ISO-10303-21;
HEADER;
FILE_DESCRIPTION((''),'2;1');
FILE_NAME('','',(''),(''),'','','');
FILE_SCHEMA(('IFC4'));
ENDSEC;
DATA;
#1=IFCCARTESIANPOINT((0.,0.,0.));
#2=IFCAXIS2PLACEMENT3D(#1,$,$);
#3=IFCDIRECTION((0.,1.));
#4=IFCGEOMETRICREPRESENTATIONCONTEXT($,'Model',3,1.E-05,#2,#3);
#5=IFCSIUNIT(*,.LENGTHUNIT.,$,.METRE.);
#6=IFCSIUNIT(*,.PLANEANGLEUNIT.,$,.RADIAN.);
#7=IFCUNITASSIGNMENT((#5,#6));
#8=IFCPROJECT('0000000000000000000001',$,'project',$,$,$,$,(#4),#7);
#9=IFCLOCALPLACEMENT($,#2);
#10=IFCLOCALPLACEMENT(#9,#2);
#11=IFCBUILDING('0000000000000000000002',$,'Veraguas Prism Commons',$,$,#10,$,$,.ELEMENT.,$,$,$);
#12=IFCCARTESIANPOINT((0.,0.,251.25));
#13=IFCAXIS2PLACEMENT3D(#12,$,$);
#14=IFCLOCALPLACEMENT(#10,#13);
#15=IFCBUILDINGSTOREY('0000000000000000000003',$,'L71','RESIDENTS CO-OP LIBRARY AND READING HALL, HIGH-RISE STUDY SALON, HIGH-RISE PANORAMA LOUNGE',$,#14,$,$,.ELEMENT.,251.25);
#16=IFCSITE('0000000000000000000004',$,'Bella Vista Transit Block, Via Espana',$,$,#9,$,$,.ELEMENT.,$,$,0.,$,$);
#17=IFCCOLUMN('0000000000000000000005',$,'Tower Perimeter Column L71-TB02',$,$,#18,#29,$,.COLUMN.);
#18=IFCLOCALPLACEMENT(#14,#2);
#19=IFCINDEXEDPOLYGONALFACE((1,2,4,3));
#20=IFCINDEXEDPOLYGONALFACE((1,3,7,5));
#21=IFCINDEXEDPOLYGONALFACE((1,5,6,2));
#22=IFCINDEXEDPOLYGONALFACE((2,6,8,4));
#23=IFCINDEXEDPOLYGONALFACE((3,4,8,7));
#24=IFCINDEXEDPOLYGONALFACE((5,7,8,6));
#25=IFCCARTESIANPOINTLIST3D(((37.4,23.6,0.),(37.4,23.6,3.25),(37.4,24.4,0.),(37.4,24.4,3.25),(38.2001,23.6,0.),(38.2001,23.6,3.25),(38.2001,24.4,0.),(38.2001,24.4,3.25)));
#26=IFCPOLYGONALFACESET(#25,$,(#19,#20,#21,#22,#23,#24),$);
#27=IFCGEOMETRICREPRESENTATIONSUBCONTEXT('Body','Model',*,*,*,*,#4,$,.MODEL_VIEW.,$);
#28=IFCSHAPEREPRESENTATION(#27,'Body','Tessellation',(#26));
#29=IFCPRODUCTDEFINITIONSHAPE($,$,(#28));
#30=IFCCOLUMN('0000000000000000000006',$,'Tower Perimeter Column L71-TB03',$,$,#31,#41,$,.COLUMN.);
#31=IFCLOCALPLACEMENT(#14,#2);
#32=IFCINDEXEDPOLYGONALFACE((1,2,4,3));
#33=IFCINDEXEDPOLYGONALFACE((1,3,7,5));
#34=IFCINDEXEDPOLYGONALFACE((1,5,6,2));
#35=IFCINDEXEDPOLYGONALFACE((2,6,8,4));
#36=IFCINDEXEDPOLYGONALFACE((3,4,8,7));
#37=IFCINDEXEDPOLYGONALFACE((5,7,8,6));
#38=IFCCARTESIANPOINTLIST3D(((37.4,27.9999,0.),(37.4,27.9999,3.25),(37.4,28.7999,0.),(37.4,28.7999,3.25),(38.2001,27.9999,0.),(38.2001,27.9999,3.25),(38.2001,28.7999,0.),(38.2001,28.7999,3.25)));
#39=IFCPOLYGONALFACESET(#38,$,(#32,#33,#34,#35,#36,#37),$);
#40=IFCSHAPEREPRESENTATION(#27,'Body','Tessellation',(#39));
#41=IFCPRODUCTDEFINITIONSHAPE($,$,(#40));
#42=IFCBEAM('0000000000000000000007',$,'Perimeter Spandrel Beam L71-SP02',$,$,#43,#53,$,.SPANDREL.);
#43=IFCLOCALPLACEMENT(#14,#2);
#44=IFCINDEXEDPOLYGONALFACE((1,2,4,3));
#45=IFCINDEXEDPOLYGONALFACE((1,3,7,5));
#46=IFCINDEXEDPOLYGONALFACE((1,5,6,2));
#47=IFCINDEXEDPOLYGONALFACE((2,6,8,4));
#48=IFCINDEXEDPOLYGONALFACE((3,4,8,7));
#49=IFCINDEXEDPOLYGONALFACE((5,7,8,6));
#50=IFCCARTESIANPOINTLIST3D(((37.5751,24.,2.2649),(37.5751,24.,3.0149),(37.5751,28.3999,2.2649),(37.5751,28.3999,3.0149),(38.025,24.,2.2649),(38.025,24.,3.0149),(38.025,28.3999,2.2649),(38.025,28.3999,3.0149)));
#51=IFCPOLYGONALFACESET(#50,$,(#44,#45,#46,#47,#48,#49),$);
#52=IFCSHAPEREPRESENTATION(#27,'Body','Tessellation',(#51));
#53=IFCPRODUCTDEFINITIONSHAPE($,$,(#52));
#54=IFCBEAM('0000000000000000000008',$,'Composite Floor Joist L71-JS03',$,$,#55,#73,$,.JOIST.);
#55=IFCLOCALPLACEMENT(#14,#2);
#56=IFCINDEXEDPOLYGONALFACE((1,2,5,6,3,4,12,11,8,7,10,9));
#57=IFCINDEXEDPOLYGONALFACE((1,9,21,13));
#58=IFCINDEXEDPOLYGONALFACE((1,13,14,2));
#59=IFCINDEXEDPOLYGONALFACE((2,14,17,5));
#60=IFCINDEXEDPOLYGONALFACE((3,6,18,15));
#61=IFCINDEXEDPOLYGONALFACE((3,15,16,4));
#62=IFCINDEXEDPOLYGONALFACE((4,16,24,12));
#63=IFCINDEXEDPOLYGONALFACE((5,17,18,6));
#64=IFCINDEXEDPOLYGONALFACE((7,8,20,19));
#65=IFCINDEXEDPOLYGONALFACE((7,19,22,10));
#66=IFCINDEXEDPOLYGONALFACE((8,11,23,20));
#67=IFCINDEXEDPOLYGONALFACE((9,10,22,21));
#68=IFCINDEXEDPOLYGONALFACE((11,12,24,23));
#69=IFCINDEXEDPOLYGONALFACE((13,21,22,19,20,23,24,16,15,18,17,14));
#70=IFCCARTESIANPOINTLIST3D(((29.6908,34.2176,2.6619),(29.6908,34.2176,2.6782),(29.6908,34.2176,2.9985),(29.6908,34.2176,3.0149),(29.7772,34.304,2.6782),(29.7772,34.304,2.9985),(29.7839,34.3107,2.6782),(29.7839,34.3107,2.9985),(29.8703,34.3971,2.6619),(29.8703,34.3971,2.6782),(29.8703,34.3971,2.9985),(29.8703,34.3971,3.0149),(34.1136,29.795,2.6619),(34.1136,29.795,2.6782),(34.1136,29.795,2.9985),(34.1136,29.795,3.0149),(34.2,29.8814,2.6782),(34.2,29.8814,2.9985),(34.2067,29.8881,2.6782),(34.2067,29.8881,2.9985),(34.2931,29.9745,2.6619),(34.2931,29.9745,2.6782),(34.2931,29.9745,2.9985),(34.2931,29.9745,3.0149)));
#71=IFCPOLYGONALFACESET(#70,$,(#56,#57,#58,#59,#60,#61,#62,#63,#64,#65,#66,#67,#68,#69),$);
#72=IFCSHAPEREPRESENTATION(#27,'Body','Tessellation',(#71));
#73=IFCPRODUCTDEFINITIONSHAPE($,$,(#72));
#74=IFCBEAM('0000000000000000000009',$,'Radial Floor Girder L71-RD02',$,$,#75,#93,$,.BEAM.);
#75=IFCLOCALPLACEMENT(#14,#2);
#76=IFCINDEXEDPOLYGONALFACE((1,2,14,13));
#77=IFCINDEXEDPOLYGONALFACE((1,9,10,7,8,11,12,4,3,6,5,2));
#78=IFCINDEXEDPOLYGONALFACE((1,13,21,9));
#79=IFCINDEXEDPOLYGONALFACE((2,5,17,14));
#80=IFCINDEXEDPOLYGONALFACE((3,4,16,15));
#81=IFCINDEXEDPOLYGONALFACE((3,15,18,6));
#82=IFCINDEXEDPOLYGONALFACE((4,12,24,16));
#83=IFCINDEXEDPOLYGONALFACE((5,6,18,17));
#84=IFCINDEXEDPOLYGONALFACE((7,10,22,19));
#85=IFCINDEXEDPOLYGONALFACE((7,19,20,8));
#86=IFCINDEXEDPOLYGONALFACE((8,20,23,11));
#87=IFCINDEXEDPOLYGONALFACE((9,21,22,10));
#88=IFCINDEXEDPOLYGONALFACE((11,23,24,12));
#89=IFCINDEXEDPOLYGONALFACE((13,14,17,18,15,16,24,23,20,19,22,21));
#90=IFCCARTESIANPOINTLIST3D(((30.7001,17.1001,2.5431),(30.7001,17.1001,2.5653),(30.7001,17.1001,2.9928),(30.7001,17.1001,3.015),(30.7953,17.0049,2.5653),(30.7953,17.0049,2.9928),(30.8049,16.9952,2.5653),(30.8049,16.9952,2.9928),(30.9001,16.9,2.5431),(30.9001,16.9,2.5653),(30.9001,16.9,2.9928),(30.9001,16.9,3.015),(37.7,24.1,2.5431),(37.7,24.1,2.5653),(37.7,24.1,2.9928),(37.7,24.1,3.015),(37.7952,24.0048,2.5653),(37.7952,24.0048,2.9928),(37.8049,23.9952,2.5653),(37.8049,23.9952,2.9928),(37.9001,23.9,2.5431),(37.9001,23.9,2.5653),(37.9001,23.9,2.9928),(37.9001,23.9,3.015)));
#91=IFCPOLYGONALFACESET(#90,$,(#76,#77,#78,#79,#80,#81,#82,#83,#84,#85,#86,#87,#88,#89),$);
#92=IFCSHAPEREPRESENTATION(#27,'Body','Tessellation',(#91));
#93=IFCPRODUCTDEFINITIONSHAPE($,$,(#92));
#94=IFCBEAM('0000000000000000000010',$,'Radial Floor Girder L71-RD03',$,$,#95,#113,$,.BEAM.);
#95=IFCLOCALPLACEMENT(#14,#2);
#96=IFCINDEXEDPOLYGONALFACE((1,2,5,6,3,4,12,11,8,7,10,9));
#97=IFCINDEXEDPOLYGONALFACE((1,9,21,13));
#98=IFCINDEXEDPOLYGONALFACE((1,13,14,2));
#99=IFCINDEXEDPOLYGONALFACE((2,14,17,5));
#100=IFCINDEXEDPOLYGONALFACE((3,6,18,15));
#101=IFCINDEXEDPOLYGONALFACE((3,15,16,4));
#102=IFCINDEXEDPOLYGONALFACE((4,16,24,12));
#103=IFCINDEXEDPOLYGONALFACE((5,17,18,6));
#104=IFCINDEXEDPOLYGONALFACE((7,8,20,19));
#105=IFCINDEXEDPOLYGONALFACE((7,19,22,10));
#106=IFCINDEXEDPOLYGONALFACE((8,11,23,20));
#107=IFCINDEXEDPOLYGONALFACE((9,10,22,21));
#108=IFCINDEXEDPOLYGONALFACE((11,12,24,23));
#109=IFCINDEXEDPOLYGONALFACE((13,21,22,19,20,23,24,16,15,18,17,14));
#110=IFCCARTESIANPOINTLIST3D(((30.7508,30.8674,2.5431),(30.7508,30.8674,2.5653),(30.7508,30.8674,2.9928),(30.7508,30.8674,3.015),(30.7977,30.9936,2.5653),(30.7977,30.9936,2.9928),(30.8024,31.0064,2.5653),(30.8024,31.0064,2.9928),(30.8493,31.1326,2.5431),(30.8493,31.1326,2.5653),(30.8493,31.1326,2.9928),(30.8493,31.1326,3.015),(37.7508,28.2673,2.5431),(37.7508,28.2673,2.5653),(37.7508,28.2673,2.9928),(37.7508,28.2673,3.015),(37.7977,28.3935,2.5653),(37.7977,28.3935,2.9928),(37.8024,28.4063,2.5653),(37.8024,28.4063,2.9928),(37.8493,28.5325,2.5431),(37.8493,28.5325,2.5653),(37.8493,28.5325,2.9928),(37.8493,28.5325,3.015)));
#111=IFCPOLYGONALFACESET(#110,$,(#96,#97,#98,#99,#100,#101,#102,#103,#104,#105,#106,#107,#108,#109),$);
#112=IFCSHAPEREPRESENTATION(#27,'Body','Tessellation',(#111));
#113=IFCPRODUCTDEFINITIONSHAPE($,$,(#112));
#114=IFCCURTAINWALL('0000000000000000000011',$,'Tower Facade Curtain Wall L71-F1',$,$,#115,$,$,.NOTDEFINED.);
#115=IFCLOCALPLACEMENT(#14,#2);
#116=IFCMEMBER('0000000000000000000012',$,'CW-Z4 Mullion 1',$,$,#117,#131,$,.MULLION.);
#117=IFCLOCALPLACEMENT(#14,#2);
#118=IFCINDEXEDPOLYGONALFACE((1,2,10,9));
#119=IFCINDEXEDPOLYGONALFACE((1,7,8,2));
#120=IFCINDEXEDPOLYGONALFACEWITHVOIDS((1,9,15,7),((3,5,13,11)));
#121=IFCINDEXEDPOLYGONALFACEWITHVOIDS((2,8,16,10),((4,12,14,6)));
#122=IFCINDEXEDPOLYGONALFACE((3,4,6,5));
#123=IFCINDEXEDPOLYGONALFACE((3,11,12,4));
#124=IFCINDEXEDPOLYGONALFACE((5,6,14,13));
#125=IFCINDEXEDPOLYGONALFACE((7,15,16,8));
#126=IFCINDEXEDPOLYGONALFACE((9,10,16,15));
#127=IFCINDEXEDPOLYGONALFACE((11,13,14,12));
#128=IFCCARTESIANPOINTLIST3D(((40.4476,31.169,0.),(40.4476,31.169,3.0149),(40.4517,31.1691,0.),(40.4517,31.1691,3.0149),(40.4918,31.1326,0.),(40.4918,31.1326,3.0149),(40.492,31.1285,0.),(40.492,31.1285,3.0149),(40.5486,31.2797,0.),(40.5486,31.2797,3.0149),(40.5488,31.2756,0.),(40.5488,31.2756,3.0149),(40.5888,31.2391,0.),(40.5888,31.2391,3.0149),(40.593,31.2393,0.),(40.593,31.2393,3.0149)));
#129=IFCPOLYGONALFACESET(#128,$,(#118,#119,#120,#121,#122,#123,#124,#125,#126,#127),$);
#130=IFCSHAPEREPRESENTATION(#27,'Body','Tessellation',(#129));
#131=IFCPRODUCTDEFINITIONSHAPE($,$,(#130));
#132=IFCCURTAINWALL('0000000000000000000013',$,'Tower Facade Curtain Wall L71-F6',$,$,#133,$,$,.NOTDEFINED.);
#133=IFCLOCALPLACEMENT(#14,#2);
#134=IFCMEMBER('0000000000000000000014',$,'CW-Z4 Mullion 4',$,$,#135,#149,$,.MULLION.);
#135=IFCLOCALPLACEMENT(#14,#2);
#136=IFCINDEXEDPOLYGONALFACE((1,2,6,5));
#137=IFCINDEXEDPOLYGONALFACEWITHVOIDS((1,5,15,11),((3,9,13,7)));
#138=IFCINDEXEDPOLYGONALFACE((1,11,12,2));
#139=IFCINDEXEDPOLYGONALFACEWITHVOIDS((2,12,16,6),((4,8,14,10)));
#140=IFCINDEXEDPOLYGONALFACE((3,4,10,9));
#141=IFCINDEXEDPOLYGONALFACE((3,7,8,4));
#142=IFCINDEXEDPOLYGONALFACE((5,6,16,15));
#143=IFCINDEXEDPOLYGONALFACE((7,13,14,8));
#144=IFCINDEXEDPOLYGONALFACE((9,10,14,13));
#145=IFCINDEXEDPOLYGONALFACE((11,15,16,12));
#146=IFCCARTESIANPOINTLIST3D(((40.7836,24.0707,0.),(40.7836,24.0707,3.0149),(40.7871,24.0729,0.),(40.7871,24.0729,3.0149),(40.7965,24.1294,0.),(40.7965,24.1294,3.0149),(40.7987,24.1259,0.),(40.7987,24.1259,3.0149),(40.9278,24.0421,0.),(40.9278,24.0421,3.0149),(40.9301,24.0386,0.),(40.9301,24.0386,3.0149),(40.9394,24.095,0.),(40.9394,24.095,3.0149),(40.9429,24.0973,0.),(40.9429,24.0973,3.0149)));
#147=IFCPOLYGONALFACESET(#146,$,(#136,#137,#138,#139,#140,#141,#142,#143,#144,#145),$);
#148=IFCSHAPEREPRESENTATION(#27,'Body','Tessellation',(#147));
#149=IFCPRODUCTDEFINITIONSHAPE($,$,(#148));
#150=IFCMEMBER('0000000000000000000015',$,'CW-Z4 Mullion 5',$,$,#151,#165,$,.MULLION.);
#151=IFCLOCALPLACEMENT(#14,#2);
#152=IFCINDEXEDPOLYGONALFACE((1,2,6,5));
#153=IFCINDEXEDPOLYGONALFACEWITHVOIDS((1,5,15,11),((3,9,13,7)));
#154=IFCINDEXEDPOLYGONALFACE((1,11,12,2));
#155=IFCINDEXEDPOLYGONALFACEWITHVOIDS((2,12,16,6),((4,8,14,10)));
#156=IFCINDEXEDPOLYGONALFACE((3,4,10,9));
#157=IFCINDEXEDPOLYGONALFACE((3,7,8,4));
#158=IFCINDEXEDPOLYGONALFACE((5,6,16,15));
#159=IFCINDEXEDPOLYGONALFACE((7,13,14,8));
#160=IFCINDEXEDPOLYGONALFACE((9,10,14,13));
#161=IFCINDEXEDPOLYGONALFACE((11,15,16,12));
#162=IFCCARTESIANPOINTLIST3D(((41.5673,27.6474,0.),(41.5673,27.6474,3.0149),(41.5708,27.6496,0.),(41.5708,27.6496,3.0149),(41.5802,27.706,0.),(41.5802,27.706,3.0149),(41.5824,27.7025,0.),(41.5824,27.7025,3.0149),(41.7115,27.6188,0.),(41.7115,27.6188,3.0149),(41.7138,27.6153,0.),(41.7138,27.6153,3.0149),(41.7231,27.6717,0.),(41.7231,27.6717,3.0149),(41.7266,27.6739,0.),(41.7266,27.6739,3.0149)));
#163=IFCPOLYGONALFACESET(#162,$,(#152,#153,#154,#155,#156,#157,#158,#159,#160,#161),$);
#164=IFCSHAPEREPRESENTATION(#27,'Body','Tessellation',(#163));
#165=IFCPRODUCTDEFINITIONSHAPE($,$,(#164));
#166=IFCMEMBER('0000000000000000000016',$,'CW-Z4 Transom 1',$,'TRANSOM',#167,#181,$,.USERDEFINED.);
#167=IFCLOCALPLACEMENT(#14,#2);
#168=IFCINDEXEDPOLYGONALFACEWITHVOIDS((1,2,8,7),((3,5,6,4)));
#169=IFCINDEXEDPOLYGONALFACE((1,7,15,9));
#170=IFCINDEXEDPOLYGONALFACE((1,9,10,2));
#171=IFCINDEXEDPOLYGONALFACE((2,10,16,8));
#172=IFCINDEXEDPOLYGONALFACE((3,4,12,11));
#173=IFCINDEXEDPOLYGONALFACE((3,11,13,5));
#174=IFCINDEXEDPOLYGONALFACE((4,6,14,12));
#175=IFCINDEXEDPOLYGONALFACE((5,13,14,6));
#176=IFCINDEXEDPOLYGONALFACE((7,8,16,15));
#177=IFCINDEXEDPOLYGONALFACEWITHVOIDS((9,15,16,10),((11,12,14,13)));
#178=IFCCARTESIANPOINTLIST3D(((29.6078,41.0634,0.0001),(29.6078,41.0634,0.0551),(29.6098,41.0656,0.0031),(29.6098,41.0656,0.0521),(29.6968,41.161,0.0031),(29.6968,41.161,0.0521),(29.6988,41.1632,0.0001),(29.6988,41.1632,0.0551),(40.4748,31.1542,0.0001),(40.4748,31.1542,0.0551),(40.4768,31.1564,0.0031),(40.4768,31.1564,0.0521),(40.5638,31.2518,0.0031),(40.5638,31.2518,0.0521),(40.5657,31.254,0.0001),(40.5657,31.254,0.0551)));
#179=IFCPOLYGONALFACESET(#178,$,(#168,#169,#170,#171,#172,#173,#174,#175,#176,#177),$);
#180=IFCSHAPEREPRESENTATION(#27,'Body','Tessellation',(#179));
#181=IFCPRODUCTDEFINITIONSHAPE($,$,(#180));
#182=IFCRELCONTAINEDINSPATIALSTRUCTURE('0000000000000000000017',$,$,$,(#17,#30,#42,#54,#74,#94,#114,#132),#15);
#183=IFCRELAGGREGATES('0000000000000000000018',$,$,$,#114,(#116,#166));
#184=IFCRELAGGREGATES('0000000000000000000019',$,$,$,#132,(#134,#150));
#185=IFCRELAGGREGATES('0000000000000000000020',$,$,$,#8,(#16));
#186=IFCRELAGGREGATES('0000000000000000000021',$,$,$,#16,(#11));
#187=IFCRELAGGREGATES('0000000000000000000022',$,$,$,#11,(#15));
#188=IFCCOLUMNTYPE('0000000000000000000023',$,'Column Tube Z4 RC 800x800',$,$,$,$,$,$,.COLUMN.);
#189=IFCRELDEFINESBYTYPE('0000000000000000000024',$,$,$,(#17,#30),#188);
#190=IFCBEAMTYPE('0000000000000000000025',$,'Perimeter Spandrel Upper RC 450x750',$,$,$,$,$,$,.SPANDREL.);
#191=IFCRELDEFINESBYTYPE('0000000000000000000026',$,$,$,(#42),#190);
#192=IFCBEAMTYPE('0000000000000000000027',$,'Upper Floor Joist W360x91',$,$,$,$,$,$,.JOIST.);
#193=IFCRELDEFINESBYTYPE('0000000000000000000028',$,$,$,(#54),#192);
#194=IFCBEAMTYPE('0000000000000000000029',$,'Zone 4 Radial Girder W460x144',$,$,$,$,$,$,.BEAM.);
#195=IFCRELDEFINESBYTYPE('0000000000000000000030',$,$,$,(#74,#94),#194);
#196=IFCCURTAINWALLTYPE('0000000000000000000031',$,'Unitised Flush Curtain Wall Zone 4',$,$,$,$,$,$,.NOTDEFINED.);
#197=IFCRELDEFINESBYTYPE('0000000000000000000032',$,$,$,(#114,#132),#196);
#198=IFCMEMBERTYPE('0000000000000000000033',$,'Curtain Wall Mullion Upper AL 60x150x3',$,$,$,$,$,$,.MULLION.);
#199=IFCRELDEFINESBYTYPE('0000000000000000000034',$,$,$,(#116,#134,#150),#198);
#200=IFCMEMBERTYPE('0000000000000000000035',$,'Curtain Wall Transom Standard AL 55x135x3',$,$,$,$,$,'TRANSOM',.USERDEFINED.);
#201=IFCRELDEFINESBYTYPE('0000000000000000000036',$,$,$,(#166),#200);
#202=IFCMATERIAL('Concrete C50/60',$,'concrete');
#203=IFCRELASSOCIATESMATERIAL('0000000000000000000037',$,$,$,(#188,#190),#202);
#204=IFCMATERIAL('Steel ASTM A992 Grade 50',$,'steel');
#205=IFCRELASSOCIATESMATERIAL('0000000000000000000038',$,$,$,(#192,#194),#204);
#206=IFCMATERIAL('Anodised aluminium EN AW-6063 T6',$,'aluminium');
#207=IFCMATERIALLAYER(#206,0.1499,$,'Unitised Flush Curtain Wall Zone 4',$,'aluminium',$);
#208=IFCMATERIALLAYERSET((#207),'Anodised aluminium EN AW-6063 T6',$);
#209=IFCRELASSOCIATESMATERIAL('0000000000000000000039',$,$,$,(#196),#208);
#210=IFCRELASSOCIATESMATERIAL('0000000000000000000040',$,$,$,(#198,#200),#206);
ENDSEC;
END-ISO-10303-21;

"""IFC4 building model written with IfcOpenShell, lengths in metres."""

from ifc_helpers import new_model, si_unit, direction, frame, origin, origin_2d, place, context, subcontext, project, spatial, rectangle, hollow_rectangle, i_section, extrude, source, transform, mapped, material, layer, layer_set, material_profile, profile_set, type_object, element, aggregate, save


model = new_model("IFC4")

# Units and contexts
model_context = context("Model", 3, precision=1e-05, world=origin(), true_north=direction((0.0, 1.0)))
body_context = subcontext(model_context, "Body", "Model", "MODEL_VIEW")
ifc_project = project(units=[si_unit("LENGTHUNIT", "METRE"), si_unit("PLANEANGLEUNIT", "RADIAN")], contexts=[model_context])

# Site, building, storey
site_placement = place(None, origin())
site = spatial("IfcSite", under=ifc_project, at=site_placement, Name="Bella Vista Transit Block, Via Espana", CompositionType="ELEMENT", RefElevation=0.0)
building_placement = place(site_placement, origin())
building = spatial("IfcBuilding", under=site, at=building_placement, Name="Veraguas Prism Commons", CompositionType="ELEMENT")
storey_placement = place(building_placement, frame((0.0, 0.0, 251.25)))
storey = spatial("IfcBuildingStorey", under=building, at=storey_placement, Name="L71", Description="RESIDENTS CO-OP LIBRARY AND READING HALL, HIGH-RISE STUDY SALON, HIGH-RISE PANORAMA LOUNGE", CompositionType="ELEMENT", Elevation=251.25)

# Columns
ifc_material_1 = material(Name="Concrete C50/60", Category="concrete")
ifc_material_profile_1 = material_profile(ifc_material_1, rectangle(XDim=0.8, YDim=0.8, at=origin_2d()), Name="RC800X800")
ifc_profile_set_1 = profile_set([ifc_material_profile_1], Name="Concrete C50/60")
column_type = type_object("IfcColumnType", Name="Column Tube Z4 RC 800x800", PredefinedType="COLUMN", material=ifc_profile_set_1)
for number, where, z_axis, x_axis, name in (
    (1, (37.8, 24.0, 0.0), (0.0, 0.0, 1.0), (1.0, 0.0, 0.0), "Tower Perimeter Column L71-TB02"),
    (2, (37.8, 28.3999, 0.0), (0.0, 0.0, 1.0), (1.0, 0.0, 0.0), "Tower Perimeter Column L71-TB03"),
):
    element("IfcColumn", number, at=place(storey_placement, frame(where, z_axis=z_axis, x_axis=x_axis)), inside=storey, type_object=column_type, Name=name, PredefinedType="COLUMN", context=body_context, shape_type="SweptSolid", body=[
        extrude(rectangle(XDim=0.8, YDim=0.8, at=origin_2d()), origin(), (0.0, 0.0, 1.0), 3.25),
    ])

# Beams
ifc_material_profile_2 = material_profile(ifc_material_1, rectangle(XDim=0.45, YDim=0.75, at=origin_2d()), Name="RC450X750")
ifc_profile_set_2 = profile_set([ifc_material_profile_2], Name="Concrete C50/60")
beam_type_1 = type_object("IfcBeamType", Name="Perimeter Spandrel Upper RC 450x750", PredefinedType="SPANDREL", material=ifc_profile_set_2)
beam_1_placement = place(storey_placement, frame((37.8, 24.0, 2.6399), z_axis=(0.0, 1.0, 0.0), x_axis=(-1.0, 0.0, 0.0)))
element("IfcBeam", 3, at=beam_1_placement, inside=storey, type_object=beam_type_1, Name="Perimeter Spandrel Beam L71-SP02", PredefinedType="SPANDREL", context=body_context, shape_type="SweptSolid", body=[
    extrude(rectangle(XDim=0.45, YDim=0.75, at=origin_2d()), origin(), (0.0, 0.0, 1.0), 4.3999),
])
ifc_material_2 = material(Name="Steel ASTM A992 Grade 50", Category="steel")
ifc_material_profile_3 = material_profile(ifc_material_2, i_section(OverallWidth=0.2539, OverallDepth=0.353, WebThickness=0.0095, FlangeThickness=0.0164, at=origin_2d()), Name="W360X91")
ifc_profile_set_3 = profile_set([ifc_material_profile_3], Name="Steel ASTM A992 Grade 50")
beam_type_2 = type_object("IfcBeamType", Name="Upper Floor Joist W360x91", PredefinedType="JOIST", material=ifc_profile_set_3)
beam_2_placement = place(storey_placement, frame((34.2034, 29.8848, 2.8384), z_axis=(-0.707126, 0.707087, 0.0), x_axis=(-0.707087, -0.707126, 0.0)))
element("IfcBeam", 4, at=beam_2_placement, inside=storey, type_object=beam_type_2, Name="Composite Floor Joist L71-JS03", PredefinedType="JOIST", context=body_context, shape_type="SweptSolid", body=[
    extrude(i_section(OverallWidth=0.2539, OverallDepth=0.353, WebThickness=0.0095, FlangeThickness=0.0164, at=origin_2d()), origin(), (0.0, 0.0, 1.0), 6.2546),
])
ifc_material_profile_4 = material_profile(ifc_material_2, i_section(OverallWidth=0.283, OverallDepth=0.4719, WebThickness=0.0137, FlangeThickness=0.0222, at=origin_2d()), Name="W460X144")
ifc_profile_set_4 = profile_set([ifc_material_profile_4], Name="Steel ASTM A992 Grade 50")
beam_type_3 = type_object("IfcBeamType", Name="Zone 4 Radial Girder W460x144", PredefinedType="BEAM", material=ifc_profile_set_4)
beam_3_placement = place(storey_placement, frame((37.8, 24.0, 2.7791), z_axis=(-0.707107, -0.707107, 0.0), x_axis=(0.707107, -0.707107, 0.0)))
element("IfcBeam", 5, at=beam_3_placement, inside=storey, type_object=beam_type_3, Name="Radial Floor Girder L71-RD02", PredefinedType="BEAM", context=body_context, shape_type="SweptSolid", body=[
    extrude(i_section(OverallWidth=0.283, OverallDepth=0.4719, WebThickness=0.0137, FlangeThickness=0.0222, at=origin_2d()), origin(), (0.0, 0.0, 1.0), 9.8994),
])
beam_4_placement = place(storey_placement, frame((37.8, 28.3999, 2.7791), z_axis=(-0.937421, 0.348198, 0.0), x_axis=(-0.348198, -0.937421, 0.0)))
element("IfcBeam", 6, at=beam_4_placement, inside=storey, type_object=beam_type_3, Name="Radial Floor Girder L71-RD03", PredefinedType="BEAM", context=body_context, shape_type="SweptSolid", body=[
    extrude(i_section(OverallWidth=0.283, OverallDepth=0.4719, WebThickness=0.0137, FlangeThickness=0.0222, at=origin_2d()), origin(), (0.0, 0.0, 1.0), 7.4673),
])

# Curtain wall, member
ifc_material_3 = material(Name="Anodised aluminium EN AW-6063 T6", Category="aluminium")
ifc_layer_1 = layer(ifc_material_3, 0.1499, Name="Unitised Flush Curtain Wall Zone 4", Category="aluminium")
ifc_layer_set_1 = layer_set([ifc_layer_1], Name="Anodised aluminium EN AW-6063 T6")
curtain_wall_type = type_object("IfcCurtainWallType", Name="Unitised Flush Curtain Wall Zone 4", PredefinedType="NOTDEFINED", material=ifc_layer_set_1)
curtain_wall_1_placement = place(storey_placement, origin())
curtain_wall_1 = element("IfcCurtainWall", 7, at=curtain_wall_1_placement, inside=storey, type_object=curtain_wall_type, Name="Tower Facade Curtain Wall L71-F1", PredefinedType="NOTDEFINED")
ifc_material_profile_5 = material_profile(ifc_material_3, hollow_rectangle(XDim=0.0601, YDim=0.1499, WallThickness=0.0029, at=origin_2d()), Name="AL60X150X3")
ifc_profile_set_5 = profile_set([ifc_material_profile_5], Name="Anodised aluminium EN AW-6063 T6")
member_type_1 = type_object("IfcMemberType", Name="Curtain Wall Mullion Upper AL 60x150x3", PredefinedType="MULLION", material=ifc_profile_set_5)
shared_shape_1 = source(origin(), body_context, "Body", "SweptSolid", [
    extrude(hollow_rectangle(XDim=0.0601, YDim=0.1499, WallThickness=0.0029, at=origin_2d()), origin(), (0.0, 0.0, 1.0), 3.0149),
])
member_1_placement = place(storey_placement, frame((40.5203, 31.2041, 0.0), z_axis=(0.0, 0.0, 1.0), x_axis=(-0.738926, 0.673787, 0.0)))
member_1 = element("IfcMember", 8, at=member_1_placement, type_object=member_type_1, Name="CW-Z4 Mullion 1", PredefinedType="MULLION", context=body_context, shape_type="MappedRepresentation", body=[
    mapped(shared_shape_1, transform((0.0, 0.0, 0.0), scale=1.0)),
])

# Curtain wall, members
curtain_wall_2_placement = place(storey_placement, origin())
curtain_wall_2 = element("IfcCurtainWall", 9, at=curtain_wall_2_placement, inside=storey, type_object=curtain_wall_type, Name="Tower Facade Curtain Wall L71-F6", PredefinedType="NOTDEFINED")
member_2_placement = place(storey_placement, frame((40.8633, 24.084, 0.0), z_axis=(0.0, 0.0, 1.0), x_axis=(0.214053, 0.976822, 0.0)))
member_2 = element("IfcMember", 10, at=member_2_placement, type_object=member_type_1, Name="CW-Z4 Mullion 4", PredefinedType="MULLION", context=body_context, shape_type="MappedRepresentation", body=[
    mapped(shared_shape_1, transform((0.0, 0.0, 0.0), scale=1.0)),
])
member_3_placement = place(storey_placement, frame((41.647, 27.6606, 0.0), z_axis=(0.0, 0.0, 1.0), x_axis=(0.214053, 0.976822, 0.0)))
member_3 = element("IfcMember", 11, at=member_3_placement, type_object=member_type_1, Name="CW-Z4 Mullion 5", PredefinedType="MULLION", context=body_context, shape_type="MappedRepresentation", body=[
    mapped(shared_shape_1, transform((0.0, 0.0, 0.0), scale=1.0)),
])

# Member
ifc_material_profile_6 = material_profile(ifc_material_3, hollow_rectangle(XDim=0.0549, YDim=0.135, WallThickness=0.0029, at=origin_2d()), Name="AL55X135X3")
ifc_profile_set_6 = profile_set([ifc_material_profile_6], Name="Anodised aluminium EN AW-6063 T6")
member_type_2 = type_object("IfcMemberType", Name="Curtain Wall Transom Standard AL 55x135x3", ElementType="TRANSOM", PredefinedType="USERDEFINED", material=ifc_profile_set_6)
shared_shape_2 = source(origin(), body_context, "Body", "SweptSolid", [
    extrude(hollow_rectangle(XDim=0.0549, YDim=0.135, WallThickness=0.0029, at=origin_2d()), origin(), (0.0, 0.0, 1.0), 14.7065),
])
member_4_placement = place(storey_placement, frame((40.5203, 31.2041, 0.0276), z_axis=(-0.738919, 0.673794, 0.0), x_axis=(0.0, 0.0, 1.0)))
member_4 = element("IfcMember", 12, at=member_4_placement, type_object=member_type_2, Name="CW-Z4 Transom 1", ObjectType="TRANSOM", PredefinedType="USERDEFINED", context=body_context, shape_type="MappedRepresentation", body=[
    mapped(shared_shape_2, transform((0.0, 0.0, 0.0), scale=1.0)),
])

aggregate(curtain_wall_1, [member_1, member_4])
aggregate(curtain_wall_2, [member_2, member_3])

save(model, "model.ifc")
